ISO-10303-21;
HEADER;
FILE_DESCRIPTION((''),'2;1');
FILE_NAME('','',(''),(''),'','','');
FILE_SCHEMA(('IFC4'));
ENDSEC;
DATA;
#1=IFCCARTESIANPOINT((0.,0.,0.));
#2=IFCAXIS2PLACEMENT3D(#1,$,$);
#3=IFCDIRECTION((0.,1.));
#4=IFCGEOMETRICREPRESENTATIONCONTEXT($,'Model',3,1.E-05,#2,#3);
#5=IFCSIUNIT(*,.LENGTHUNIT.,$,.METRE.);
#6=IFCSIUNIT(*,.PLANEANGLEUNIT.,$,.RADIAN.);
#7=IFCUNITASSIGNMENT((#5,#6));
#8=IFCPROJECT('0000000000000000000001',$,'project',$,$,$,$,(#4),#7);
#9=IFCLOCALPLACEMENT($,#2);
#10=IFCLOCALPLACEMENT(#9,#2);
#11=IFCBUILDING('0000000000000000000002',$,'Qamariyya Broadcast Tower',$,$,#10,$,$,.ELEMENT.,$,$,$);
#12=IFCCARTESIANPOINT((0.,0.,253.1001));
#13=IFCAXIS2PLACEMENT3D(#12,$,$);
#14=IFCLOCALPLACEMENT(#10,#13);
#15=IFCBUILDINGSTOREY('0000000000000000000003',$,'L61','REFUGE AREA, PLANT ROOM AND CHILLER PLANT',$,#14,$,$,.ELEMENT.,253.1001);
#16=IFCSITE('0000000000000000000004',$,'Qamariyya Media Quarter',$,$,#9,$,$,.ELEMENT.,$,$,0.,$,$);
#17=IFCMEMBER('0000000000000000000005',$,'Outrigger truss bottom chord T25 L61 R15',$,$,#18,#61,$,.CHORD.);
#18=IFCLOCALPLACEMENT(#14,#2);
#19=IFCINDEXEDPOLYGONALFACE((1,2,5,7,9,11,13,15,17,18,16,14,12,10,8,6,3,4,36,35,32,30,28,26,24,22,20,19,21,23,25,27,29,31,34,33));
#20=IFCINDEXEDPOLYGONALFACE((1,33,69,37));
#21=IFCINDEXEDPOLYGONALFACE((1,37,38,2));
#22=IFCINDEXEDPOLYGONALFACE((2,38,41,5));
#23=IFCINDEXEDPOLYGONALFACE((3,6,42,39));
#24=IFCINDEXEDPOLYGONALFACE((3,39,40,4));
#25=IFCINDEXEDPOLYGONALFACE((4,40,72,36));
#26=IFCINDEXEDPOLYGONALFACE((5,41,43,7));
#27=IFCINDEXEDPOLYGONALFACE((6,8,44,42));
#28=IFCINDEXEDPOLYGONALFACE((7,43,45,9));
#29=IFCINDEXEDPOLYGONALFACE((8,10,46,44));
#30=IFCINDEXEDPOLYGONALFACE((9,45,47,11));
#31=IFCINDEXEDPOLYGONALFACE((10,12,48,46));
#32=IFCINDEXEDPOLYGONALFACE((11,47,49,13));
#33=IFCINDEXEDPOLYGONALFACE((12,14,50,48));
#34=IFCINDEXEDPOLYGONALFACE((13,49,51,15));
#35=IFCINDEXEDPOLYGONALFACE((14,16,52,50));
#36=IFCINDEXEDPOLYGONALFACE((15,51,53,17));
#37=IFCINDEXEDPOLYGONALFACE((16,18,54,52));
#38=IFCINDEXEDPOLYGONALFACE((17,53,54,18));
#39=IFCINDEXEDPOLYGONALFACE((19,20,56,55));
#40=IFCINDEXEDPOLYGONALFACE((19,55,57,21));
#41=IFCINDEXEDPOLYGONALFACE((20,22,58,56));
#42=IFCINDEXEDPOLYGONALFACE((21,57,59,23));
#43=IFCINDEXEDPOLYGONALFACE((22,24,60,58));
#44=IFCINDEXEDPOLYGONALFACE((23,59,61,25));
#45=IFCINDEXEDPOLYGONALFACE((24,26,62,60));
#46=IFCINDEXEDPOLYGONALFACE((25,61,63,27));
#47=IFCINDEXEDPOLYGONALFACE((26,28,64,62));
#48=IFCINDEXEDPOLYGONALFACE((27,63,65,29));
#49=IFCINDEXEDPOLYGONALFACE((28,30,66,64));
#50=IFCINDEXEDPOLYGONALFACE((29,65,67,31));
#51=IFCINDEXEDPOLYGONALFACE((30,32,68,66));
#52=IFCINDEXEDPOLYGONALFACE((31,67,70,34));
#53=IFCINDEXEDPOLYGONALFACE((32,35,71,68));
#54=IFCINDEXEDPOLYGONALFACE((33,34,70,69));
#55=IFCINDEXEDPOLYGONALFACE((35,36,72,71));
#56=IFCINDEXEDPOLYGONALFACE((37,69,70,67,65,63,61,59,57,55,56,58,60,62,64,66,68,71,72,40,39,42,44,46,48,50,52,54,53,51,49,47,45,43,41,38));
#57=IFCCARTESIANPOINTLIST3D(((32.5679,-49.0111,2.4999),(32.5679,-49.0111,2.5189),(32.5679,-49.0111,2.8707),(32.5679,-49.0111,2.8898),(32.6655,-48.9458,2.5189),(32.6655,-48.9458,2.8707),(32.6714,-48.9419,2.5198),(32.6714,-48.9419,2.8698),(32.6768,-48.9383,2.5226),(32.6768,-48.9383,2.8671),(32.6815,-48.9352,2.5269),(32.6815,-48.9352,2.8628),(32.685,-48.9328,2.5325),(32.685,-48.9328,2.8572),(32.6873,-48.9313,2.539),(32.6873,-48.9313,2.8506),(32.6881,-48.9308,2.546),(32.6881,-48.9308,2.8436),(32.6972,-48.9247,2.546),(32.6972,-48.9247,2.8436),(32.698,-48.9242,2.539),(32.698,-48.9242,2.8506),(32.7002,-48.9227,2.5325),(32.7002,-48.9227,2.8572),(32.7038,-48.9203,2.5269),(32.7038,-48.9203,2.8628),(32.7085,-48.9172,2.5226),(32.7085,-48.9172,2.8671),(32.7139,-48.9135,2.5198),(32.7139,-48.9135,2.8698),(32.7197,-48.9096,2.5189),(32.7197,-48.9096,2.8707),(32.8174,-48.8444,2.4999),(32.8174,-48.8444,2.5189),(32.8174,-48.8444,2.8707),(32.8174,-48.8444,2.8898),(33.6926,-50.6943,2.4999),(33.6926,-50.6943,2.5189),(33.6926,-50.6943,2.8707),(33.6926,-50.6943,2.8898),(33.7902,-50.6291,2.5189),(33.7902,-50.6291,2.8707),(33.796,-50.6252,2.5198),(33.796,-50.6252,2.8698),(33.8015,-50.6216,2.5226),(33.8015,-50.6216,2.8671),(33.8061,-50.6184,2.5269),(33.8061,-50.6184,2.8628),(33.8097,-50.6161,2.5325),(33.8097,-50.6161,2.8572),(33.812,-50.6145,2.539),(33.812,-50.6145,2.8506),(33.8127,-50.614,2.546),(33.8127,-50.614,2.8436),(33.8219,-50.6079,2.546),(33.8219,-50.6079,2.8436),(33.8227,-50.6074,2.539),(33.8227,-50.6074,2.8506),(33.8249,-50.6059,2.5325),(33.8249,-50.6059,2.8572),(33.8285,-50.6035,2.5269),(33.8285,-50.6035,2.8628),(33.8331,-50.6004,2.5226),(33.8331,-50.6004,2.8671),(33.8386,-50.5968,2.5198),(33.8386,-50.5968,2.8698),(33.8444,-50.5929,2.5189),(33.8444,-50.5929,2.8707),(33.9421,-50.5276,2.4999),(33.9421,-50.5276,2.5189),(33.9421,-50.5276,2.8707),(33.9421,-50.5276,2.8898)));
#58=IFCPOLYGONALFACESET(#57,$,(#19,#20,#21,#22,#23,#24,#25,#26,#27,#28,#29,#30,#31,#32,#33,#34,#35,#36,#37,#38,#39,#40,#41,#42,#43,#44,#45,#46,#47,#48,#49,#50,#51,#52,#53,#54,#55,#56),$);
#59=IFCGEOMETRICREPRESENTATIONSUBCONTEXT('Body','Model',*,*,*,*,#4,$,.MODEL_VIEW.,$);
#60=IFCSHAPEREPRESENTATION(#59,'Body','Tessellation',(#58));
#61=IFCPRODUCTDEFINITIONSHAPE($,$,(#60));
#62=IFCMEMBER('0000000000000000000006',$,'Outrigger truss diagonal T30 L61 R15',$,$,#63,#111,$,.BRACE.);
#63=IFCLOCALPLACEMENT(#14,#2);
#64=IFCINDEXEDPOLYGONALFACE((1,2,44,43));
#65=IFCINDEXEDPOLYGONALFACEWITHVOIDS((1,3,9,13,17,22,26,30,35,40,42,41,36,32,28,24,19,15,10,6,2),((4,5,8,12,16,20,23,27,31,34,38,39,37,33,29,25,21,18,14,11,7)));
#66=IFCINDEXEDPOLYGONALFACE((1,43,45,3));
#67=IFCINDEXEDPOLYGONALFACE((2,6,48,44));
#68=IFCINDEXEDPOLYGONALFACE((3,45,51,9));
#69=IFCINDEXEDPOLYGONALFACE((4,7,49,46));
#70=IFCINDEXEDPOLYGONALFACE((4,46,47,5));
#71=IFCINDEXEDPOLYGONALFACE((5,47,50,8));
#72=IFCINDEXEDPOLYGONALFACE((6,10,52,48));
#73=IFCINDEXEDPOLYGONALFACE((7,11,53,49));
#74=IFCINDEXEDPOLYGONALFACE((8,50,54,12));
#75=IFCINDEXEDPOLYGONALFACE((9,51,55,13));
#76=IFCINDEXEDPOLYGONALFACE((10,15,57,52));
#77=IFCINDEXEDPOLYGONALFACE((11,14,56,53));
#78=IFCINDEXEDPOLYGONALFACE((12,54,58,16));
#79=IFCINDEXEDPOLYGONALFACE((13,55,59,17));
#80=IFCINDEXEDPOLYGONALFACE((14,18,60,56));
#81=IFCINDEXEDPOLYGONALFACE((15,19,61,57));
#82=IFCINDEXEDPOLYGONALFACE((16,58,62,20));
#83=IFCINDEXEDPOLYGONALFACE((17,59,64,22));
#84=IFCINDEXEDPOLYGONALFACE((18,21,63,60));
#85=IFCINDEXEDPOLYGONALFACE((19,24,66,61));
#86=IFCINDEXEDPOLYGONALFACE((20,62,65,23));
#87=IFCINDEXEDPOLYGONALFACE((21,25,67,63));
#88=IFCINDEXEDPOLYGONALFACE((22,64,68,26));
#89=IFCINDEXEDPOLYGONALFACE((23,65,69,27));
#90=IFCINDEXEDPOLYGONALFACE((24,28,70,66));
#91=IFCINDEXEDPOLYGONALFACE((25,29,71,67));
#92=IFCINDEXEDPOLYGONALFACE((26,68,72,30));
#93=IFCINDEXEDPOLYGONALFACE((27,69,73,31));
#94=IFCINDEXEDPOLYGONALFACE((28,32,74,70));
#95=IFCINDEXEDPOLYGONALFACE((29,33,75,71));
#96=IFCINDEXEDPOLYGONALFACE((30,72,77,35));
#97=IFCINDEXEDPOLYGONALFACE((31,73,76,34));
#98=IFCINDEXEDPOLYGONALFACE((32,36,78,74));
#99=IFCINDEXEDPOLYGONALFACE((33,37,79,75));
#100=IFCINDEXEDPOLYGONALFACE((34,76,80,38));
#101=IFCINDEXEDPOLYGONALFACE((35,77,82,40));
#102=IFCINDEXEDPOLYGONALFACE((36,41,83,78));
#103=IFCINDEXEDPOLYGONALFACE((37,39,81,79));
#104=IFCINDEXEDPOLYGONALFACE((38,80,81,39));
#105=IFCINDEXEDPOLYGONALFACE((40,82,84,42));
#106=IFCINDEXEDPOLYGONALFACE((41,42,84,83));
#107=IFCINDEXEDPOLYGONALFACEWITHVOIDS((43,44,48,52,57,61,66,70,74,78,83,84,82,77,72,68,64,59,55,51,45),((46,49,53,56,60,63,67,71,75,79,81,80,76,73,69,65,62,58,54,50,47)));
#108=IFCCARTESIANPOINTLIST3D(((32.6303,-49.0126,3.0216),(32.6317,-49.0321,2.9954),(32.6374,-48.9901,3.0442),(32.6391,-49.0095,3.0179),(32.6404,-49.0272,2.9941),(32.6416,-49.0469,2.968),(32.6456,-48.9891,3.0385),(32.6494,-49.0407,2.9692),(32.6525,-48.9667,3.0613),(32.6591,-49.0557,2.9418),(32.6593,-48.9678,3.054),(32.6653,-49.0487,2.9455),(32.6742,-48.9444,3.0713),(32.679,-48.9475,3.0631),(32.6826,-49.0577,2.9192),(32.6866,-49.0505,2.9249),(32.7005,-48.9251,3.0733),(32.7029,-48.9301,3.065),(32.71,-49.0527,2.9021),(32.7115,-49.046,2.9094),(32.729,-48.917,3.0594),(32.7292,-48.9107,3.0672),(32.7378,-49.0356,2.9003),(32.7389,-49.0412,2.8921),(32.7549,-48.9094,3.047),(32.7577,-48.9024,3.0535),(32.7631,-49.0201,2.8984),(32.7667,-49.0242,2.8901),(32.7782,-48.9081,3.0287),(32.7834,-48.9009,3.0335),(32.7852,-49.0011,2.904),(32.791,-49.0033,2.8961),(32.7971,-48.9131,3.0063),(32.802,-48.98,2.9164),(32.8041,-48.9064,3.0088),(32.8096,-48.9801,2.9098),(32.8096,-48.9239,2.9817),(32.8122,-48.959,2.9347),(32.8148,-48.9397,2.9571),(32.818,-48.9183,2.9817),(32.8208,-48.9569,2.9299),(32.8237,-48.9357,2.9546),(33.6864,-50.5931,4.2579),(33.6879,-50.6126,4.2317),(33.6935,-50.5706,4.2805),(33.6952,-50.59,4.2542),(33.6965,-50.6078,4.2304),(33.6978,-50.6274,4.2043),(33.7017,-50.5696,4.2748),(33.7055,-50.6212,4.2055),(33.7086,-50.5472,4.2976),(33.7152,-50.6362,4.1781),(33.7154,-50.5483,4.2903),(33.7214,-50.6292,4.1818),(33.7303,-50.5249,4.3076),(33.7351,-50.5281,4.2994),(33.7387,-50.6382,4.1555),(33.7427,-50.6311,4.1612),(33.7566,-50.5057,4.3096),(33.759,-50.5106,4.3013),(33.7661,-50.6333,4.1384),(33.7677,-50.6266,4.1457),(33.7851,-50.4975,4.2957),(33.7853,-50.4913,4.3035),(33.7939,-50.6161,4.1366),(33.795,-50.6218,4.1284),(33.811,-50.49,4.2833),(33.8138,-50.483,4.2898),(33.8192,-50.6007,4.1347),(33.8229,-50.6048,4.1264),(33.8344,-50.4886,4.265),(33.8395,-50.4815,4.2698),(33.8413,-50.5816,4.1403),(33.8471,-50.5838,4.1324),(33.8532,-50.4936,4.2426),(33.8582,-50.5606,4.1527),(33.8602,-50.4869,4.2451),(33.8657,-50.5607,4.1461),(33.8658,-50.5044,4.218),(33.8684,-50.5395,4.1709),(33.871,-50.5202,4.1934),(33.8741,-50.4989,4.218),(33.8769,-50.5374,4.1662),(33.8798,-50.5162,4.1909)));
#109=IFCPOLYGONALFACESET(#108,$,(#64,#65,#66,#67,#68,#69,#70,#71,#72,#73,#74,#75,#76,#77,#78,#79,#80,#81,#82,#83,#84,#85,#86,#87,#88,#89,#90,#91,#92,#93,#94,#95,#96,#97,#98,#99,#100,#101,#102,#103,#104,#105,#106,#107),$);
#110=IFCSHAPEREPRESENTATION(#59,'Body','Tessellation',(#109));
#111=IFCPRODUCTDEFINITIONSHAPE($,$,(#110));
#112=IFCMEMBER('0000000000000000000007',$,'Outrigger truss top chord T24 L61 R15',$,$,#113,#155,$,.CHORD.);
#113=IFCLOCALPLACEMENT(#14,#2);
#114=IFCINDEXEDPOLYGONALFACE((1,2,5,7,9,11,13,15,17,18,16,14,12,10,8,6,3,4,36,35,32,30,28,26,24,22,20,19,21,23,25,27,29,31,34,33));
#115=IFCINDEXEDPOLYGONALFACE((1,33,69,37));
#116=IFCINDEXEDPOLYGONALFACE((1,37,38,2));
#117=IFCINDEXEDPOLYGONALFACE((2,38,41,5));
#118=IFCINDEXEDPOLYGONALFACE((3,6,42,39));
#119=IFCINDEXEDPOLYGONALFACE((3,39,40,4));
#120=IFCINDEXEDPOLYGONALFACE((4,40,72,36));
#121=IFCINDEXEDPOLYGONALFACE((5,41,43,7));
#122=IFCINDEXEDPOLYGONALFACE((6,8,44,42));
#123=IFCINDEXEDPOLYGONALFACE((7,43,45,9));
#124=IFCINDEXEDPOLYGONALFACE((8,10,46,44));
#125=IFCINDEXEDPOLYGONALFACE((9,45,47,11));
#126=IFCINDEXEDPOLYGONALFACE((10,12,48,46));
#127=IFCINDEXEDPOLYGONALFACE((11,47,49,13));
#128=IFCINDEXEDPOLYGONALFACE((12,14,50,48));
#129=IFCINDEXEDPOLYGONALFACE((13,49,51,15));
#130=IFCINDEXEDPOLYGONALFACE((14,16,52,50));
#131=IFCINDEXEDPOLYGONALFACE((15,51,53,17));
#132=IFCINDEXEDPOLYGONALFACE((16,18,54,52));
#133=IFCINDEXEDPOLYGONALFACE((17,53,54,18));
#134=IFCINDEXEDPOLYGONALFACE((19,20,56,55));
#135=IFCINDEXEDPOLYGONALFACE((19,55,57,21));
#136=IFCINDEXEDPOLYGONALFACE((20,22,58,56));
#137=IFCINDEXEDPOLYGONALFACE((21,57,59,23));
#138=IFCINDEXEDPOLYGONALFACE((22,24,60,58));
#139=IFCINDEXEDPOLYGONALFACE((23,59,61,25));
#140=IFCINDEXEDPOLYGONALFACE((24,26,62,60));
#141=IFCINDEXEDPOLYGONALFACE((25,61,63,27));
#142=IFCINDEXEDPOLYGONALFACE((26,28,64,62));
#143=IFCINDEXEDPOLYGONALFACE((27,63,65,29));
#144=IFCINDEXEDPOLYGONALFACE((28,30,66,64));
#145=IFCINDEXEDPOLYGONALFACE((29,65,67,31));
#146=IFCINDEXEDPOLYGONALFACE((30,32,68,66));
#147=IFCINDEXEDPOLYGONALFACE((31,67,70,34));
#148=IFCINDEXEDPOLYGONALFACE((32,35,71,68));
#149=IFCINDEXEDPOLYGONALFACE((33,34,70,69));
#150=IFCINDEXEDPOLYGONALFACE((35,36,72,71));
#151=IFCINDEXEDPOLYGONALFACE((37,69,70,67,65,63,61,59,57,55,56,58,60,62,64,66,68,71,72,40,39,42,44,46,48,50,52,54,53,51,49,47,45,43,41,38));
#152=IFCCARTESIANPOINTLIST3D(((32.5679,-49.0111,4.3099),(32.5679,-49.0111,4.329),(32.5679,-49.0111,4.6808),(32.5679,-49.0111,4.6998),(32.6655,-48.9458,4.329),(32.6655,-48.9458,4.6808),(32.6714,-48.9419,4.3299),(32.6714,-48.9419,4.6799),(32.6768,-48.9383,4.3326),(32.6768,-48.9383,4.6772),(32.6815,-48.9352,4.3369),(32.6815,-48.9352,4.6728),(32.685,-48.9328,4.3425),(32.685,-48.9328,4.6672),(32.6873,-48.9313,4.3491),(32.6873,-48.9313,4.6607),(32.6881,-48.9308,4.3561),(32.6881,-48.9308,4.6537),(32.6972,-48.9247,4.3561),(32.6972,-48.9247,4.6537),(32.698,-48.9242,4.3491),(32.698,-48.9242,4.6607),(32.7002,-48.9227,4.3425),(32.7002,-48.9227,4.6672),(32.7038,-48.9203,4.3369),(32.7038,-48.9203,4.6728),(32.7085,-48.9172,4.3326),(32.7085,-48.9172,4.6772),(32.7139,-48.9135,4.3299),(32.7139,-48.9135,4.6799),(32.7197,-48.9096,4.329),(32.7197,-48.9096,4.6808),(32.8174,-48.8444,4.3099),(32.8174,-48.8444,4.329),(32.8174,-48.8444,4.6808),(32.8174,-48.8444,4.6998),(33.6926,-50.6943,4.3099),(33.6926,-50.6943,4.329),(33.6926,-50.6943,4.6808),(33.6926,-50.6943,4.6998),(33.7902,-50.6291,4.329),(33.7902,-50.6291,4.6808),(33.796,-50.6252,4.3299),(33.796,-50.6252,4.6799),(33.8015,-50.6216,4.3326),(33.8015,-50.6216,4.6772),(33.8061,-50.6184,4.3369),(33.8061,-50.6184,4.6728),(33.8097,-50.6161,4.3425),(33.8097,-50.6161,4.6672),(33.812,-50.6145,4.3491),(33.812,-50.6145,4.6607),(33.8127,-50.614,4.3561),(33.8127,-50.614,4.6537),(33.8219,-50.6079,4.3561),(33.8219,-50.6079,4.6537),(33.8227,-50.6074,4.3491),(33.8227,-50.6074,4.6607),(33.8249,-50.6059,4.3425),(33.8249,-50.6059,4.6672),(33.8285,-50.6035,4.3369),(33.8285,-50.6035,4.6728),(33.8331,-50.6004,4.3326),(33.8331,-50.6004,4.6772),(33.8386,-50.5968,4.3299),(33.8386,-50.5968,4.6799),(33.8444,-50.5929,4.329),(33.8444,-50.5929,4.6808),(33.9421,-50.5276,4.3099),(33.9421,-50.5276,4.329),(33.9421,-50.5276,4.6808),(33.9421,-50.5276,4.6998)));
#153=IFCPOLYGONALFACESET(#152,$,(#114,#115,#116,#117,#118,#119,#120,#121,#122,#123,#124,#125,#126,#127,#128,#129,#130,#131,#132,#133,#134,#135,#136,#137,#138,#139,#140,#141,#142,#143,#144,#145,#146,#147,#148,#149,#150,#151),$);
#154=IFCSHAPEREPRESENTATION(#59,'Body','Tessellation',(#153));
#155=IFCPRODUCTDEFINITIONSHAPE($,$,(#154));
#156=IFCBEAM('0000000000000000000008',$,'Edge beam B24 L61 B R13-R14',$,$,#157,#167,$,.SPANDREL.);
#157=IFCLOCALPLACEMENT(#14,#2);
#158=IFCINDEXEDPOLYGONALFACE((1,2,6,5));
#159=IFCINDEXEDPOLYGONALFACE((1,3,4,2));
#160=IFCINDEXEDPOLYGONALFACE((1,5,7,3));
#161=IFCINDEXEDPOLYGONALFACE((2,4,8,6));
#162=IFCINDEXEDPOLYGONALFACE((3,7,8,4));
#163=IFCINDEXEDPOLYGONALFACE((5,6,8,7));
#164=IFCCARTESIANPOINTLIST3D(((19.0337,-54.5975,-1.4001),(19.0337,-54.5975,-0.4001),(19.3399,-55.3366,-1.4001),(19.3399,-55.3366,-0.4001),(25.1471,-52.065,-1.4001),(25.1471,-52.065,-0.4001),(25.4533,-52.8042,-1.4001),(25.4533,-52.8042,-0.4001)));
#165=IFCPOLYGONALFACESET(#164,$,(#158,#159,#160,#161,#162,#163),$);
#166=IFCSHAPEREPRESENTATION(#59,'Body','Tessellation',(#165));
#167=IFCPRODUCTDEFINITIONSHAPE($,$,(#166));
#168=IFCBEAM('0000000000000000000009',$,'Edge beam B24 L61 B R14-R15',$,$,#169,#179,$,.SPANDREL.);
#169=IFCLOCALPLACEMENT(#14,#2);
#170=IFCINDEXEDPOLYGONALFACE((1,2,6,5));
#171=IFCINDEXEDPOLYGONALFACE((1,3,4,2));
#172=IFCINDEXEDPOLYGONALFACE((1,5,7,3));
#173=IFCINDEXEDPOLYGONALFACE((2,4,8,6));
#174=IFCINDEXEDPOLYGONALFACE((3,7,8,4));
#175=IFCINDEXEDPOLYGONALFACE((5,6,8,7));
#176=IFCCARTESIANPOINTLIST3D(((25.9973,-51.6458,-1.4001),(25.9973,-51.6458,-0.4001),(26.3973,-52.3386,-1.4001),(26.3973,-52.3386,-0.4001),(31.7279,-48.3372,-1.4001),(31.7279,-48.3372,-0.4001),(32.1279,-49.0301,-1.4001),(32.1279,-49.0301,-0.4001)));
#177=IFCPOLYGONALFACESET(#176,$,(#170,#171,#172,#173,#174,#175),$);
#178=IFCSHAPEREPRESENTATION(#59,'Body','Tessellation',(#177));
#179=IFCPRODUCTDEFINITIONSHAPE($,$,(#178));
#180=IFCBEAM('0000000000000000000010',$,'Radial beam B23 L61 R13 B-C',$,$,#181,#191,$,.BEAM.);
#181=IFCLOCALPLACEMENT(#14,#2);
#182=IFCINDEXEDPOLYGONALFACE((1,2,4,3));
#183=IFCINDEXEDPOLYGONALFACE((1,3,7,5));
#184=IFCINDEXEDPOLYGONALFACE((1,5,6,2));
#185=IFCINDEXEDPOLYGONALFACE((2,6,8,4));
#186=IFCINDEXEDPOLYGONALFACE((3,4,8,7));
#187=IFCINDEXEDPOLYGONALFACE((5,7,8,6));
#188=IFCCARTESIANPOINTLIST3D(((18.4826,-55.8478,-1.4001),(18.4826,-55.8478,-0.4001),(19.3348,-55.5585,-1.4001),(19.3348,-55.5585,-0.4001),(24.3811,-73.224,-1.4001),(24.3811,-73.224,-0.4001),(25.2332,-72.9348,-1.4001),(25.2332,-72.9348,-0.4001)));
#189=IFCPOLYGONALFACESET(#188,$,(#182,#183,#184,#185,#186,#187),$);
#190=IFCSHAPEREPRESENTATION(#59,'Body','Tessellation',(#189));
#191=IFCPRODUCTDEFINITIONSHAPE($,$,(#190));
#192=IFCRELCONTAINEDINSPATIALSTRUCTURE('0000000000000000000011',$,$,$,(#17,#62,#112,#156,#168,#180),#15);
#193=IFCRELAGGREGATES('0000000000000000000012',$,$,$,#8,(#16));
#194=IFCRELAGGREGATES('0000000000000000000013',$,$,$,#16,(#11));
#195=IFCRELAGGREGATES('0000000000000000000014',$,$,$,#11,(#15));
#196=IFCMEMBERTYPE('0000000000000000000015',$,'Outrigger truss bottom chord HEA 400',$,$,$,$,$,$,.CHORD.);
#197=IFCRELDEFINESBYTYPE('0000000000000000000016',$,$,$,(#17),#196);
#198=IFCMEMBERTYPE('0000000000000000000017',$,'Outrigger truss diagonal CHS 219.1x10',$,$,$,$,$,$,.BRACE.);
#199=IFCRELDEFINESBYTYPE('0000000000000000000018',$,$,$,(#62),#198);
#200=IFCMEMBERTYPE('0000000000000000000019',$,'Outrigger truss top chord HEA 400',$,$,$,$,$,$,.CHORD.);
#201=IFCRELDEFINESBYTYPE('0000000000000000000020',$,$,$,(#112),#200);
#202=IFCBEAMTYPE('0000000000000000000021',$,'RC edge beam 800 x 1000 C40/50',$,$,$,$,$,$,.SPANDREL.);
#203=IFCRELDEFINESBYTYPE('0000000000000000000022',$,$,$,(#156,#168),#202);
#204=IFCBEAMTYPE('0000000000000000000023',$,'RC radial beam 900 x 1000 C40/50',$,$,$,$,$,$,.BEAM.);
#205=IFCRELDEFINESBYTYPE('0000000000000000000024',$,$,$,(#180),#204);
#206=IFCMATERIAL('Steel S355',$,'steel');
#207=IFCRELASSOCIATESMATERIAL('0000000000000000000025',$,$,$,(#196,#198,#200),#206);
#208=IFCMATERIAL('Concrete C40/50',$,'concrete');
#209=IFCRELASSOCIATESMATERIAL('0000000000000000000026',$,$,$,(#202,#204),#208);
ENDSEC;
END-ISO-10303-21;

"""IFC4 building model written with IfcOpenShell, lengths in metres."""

from ifc_helpers import new_model, si_unit, direction, frame, origin, origin_2d, place, context, subcontext, project, spatial, rectangle, hollow_circle, i_section, extrude, material, material_profile, profile_set, type_object, element, save


model = new_model("IFC4")

# Units and contexts
model_context = context("Model", 3, precision=1e-05, world=origin(), true_north=direction((0.0, 1.0)))
body_context = subcontext(model_context, "Body", "Model", "MODEL_VIEW")
ifc_project = project(units=[si_unit("LENGTHUNIT", "METRE"), si_unit("PLANEANGLEUNIT", "RADIAN")], contexts=[model_context])

# Site, building, storey
site_placement = place(None, origin())
site = spatial("IfcSite", under=ifc_project, at=site_placement, Name="Qamariyya Media Quarter", CompositionType="ELEMENT", RefElevation=0.0)
building_placement = place(site_placement, origin())
building = spatial("IfcBuilding", under=site, at=building_placement, Name="Qamariyya Broadcast Tower", CompositionType="ELEMENT")
storey_placement = place(building_placement, frame((0.0, 0.0, 253.1001)))
storey = spatial("IfcBuildingStorey", under=building, at=storey_placement, Name="L61", Description="REFUGE AREA, PLANT ROOM AND CHILLER PLANT", CompositionType="ELEMENT", Elevation=253.1001)

# Members
ifc_material_1 = material(Name="Steel S355", Category="steel")
ifc_material_profile_1 = material_profile(ifc_material_1, i_section(OverallWidth=0.3, OverallDepth=0.3899, WebThickness=0.011, FlangeThickness=0.019, FilletRadius=0.0271, at=origin_2d()))
ifc_profile_set_1 = profile_set([ifc_material_profile_1], Name="Steel S355")
member_type_1 = type_object("IfcMemberType", Name="Outrigger truss bottom chord HEA 400", PredefinedType="CHORD", material=ifc_profile_set_1)
member_1_placement = place(storey_placement, frame((32.6926, -48.9277, 2.6948), z_axis=(0.555563, -0.831475, 0.0), x_axis=(0.831475, 0.555563, 0.0)))
element("IfcMember", 1, at=member_1_placement, inside=storey, type_object=member_type_1, Name="Outrigger truss bottom chord T25 L61 R15", PredefinedType="CHORD", context=body_context, shape_type="SweptSolid", body=[
    extrude(i_section(OverallWidth=0.3, OverallDepth=0.3899, WebThickness=0.011, FlangeThickness=0.019, FilletRadius=0.0271, at=origin_2d()), origin(), (0.0, 0.0, 1.0), 2.0244),
])
ifc_material_profile_2 = material_profile(ifc_material_1, hollow_circle(Radius=0.1096, WallThickness=0.01, at=origin_2d()))
ifc_profile_set_2 = profile_set([ifc_material_profile_2], Name="Steel S355")
member_type_2 = type_object("IfcMemberType", Name="Outrigger truss diagonal CHS 219.1x10", PredefinedType="BRACE", material=ifc_profile_set_2)
member_2_placement = place(storey_placement, frame((32.7268, -48.9792, 2.9817), z_axis=(0.465751, -0.697012, 0.545207), x_axis=(0.831457, 0.555589, 0.0)))
element("IfcMember", 2, at=member_2_placement, inside=storey, type_object=member_type_2, Name="Outrigger truss diagonal T30 L61 R15", PredefinedType="BRACE", context=body_context, shape_type="SweptSolid", body=[
    extrude(hollow_circle(Radius=0.1096, WallThickness=0.01, at=origin_2d()), origin(), (0.0, 0.0, 1.0), 2.2676),
])
ifc_material_profile_3 = material_profile(ifc_material_1, i_section(OverallWidth=0.3, OverallDepth=0.3899, WebThickness=0.011, FlangeThickness=0.019, FilletRadius=0.0271, at=origin_2d()))
ifc_profile_set_3 = profile_set([ifc_material_profile_3], Name="Steel S355")
member_type_3 = type_object("IfcMemberType", Name="Outrigger truss top chord HEA 400", PredefinedType="CHORD", material=ifc_profile_set_3)
member_3_placement = place(storey_placement, frame((32.6926, -48.9277, 4.5049), z_axis=(0.555563, -0.831475, 0.0), x_axis=(0.831475, 0.555563, 0.0)))
element("IfcMember", 3, at=member_3_placement, inside=storey, type_object=member_type_3, Name="Outrigger truss top chord T24 L61 R15", PredefinedType="CHORD", context=body_context, shape_type="SweptSolid", body=[
    extrude(i_section(OverallWidth=0.3, OverallDepth=0.3899, WebThickness=0.011, FlangeThickness=0.019, FilletRadius=0.0271, at=origin_2d()), origin(), (0.0, 0.0, 1.0), 2.0244),
])

# Beams
ifc_material_2 = material(Name="Concrete C40/50", Category="concrete")
ifc_material_profile_4 = material_profile(ifc_material_2, rectangle(XDim=0.8, YDim=1.0, at=origin_2d()))
ifc_profile_set_4 = profile_set([ifc_material_profile_4], Name="Concrete C40/50")
beam_type_1 = type_object("IfcBeamType", Name="RC edge beam 800 x 1000 C40/50", PredefinedType="SPANDREL", material=ifc_profile_set_4)
for number, where, z_axis, x_axis, name in (
    (4, (19.1868, -54.967, -0.9001), (0.923871, 0.382705, 0.0), (-0.382705, 0.923871, 0.0), "Edge beam B24 L61 B R13-R14"),
    (5, (26.1973, -51.9922, -0.9001), (0.866028, 0.499996, 0.0), (-0.499996, 0.866028, 0.0), "Edge beam B24 L61 B R14-R15"),
):
    element("IfcBeam", number, at=place(storey_placement, frame(where, z_axis=z_axis, x_axis=x_axis)), inside=storey, type_object=beam_type_1, Name=name, PredefinedType="SPANDREL", context=body_context, shape_type="SweptSolid", body=[
        extrude(rectangle(XDim=0.8, YDim=1.0, at=origin_2d()), origin(), (0.0, 0.0, 1.0), 6.6172),
    ])
ifc_material_profile_5 = material_profile(ifc_material_2, rectangle(XDim=0.8999, YDim=1.0, at=origin_2d()))
ifc_profile_set_5 = profile_set([ifc_material_profile_5], Name="Concrete C40/50")
beam_type_2 = type_object("IfcBeamType", Name="RC radial beam 900 x 1000 C40/50", PredefinedType="BEAM", material=ifc_profile_set_5)
beam_1_placement = place(storey_placement, frame((18.9087, -55.7031, -0.9001), z_axis=(0.32144, -0.94693, 0.0), x_axis=(0.94693, 0.32144, 0.0)))
element("IfcBeam", 6, at=beam_1_placement, inside=storey, type_object=beam_type_2, Name="Radial beam B23 L61 R13 B-C", PredefinedType="BEAM", context=body_context, shape_type="SweptSolid", body=[
    extrude(rectangle(XDim=0.8999, YDim=1.0, at=origin_2d()), origin(), (0.0, 0.0, 1.0), 18.3501),
])

save(model, "model.ifc")
